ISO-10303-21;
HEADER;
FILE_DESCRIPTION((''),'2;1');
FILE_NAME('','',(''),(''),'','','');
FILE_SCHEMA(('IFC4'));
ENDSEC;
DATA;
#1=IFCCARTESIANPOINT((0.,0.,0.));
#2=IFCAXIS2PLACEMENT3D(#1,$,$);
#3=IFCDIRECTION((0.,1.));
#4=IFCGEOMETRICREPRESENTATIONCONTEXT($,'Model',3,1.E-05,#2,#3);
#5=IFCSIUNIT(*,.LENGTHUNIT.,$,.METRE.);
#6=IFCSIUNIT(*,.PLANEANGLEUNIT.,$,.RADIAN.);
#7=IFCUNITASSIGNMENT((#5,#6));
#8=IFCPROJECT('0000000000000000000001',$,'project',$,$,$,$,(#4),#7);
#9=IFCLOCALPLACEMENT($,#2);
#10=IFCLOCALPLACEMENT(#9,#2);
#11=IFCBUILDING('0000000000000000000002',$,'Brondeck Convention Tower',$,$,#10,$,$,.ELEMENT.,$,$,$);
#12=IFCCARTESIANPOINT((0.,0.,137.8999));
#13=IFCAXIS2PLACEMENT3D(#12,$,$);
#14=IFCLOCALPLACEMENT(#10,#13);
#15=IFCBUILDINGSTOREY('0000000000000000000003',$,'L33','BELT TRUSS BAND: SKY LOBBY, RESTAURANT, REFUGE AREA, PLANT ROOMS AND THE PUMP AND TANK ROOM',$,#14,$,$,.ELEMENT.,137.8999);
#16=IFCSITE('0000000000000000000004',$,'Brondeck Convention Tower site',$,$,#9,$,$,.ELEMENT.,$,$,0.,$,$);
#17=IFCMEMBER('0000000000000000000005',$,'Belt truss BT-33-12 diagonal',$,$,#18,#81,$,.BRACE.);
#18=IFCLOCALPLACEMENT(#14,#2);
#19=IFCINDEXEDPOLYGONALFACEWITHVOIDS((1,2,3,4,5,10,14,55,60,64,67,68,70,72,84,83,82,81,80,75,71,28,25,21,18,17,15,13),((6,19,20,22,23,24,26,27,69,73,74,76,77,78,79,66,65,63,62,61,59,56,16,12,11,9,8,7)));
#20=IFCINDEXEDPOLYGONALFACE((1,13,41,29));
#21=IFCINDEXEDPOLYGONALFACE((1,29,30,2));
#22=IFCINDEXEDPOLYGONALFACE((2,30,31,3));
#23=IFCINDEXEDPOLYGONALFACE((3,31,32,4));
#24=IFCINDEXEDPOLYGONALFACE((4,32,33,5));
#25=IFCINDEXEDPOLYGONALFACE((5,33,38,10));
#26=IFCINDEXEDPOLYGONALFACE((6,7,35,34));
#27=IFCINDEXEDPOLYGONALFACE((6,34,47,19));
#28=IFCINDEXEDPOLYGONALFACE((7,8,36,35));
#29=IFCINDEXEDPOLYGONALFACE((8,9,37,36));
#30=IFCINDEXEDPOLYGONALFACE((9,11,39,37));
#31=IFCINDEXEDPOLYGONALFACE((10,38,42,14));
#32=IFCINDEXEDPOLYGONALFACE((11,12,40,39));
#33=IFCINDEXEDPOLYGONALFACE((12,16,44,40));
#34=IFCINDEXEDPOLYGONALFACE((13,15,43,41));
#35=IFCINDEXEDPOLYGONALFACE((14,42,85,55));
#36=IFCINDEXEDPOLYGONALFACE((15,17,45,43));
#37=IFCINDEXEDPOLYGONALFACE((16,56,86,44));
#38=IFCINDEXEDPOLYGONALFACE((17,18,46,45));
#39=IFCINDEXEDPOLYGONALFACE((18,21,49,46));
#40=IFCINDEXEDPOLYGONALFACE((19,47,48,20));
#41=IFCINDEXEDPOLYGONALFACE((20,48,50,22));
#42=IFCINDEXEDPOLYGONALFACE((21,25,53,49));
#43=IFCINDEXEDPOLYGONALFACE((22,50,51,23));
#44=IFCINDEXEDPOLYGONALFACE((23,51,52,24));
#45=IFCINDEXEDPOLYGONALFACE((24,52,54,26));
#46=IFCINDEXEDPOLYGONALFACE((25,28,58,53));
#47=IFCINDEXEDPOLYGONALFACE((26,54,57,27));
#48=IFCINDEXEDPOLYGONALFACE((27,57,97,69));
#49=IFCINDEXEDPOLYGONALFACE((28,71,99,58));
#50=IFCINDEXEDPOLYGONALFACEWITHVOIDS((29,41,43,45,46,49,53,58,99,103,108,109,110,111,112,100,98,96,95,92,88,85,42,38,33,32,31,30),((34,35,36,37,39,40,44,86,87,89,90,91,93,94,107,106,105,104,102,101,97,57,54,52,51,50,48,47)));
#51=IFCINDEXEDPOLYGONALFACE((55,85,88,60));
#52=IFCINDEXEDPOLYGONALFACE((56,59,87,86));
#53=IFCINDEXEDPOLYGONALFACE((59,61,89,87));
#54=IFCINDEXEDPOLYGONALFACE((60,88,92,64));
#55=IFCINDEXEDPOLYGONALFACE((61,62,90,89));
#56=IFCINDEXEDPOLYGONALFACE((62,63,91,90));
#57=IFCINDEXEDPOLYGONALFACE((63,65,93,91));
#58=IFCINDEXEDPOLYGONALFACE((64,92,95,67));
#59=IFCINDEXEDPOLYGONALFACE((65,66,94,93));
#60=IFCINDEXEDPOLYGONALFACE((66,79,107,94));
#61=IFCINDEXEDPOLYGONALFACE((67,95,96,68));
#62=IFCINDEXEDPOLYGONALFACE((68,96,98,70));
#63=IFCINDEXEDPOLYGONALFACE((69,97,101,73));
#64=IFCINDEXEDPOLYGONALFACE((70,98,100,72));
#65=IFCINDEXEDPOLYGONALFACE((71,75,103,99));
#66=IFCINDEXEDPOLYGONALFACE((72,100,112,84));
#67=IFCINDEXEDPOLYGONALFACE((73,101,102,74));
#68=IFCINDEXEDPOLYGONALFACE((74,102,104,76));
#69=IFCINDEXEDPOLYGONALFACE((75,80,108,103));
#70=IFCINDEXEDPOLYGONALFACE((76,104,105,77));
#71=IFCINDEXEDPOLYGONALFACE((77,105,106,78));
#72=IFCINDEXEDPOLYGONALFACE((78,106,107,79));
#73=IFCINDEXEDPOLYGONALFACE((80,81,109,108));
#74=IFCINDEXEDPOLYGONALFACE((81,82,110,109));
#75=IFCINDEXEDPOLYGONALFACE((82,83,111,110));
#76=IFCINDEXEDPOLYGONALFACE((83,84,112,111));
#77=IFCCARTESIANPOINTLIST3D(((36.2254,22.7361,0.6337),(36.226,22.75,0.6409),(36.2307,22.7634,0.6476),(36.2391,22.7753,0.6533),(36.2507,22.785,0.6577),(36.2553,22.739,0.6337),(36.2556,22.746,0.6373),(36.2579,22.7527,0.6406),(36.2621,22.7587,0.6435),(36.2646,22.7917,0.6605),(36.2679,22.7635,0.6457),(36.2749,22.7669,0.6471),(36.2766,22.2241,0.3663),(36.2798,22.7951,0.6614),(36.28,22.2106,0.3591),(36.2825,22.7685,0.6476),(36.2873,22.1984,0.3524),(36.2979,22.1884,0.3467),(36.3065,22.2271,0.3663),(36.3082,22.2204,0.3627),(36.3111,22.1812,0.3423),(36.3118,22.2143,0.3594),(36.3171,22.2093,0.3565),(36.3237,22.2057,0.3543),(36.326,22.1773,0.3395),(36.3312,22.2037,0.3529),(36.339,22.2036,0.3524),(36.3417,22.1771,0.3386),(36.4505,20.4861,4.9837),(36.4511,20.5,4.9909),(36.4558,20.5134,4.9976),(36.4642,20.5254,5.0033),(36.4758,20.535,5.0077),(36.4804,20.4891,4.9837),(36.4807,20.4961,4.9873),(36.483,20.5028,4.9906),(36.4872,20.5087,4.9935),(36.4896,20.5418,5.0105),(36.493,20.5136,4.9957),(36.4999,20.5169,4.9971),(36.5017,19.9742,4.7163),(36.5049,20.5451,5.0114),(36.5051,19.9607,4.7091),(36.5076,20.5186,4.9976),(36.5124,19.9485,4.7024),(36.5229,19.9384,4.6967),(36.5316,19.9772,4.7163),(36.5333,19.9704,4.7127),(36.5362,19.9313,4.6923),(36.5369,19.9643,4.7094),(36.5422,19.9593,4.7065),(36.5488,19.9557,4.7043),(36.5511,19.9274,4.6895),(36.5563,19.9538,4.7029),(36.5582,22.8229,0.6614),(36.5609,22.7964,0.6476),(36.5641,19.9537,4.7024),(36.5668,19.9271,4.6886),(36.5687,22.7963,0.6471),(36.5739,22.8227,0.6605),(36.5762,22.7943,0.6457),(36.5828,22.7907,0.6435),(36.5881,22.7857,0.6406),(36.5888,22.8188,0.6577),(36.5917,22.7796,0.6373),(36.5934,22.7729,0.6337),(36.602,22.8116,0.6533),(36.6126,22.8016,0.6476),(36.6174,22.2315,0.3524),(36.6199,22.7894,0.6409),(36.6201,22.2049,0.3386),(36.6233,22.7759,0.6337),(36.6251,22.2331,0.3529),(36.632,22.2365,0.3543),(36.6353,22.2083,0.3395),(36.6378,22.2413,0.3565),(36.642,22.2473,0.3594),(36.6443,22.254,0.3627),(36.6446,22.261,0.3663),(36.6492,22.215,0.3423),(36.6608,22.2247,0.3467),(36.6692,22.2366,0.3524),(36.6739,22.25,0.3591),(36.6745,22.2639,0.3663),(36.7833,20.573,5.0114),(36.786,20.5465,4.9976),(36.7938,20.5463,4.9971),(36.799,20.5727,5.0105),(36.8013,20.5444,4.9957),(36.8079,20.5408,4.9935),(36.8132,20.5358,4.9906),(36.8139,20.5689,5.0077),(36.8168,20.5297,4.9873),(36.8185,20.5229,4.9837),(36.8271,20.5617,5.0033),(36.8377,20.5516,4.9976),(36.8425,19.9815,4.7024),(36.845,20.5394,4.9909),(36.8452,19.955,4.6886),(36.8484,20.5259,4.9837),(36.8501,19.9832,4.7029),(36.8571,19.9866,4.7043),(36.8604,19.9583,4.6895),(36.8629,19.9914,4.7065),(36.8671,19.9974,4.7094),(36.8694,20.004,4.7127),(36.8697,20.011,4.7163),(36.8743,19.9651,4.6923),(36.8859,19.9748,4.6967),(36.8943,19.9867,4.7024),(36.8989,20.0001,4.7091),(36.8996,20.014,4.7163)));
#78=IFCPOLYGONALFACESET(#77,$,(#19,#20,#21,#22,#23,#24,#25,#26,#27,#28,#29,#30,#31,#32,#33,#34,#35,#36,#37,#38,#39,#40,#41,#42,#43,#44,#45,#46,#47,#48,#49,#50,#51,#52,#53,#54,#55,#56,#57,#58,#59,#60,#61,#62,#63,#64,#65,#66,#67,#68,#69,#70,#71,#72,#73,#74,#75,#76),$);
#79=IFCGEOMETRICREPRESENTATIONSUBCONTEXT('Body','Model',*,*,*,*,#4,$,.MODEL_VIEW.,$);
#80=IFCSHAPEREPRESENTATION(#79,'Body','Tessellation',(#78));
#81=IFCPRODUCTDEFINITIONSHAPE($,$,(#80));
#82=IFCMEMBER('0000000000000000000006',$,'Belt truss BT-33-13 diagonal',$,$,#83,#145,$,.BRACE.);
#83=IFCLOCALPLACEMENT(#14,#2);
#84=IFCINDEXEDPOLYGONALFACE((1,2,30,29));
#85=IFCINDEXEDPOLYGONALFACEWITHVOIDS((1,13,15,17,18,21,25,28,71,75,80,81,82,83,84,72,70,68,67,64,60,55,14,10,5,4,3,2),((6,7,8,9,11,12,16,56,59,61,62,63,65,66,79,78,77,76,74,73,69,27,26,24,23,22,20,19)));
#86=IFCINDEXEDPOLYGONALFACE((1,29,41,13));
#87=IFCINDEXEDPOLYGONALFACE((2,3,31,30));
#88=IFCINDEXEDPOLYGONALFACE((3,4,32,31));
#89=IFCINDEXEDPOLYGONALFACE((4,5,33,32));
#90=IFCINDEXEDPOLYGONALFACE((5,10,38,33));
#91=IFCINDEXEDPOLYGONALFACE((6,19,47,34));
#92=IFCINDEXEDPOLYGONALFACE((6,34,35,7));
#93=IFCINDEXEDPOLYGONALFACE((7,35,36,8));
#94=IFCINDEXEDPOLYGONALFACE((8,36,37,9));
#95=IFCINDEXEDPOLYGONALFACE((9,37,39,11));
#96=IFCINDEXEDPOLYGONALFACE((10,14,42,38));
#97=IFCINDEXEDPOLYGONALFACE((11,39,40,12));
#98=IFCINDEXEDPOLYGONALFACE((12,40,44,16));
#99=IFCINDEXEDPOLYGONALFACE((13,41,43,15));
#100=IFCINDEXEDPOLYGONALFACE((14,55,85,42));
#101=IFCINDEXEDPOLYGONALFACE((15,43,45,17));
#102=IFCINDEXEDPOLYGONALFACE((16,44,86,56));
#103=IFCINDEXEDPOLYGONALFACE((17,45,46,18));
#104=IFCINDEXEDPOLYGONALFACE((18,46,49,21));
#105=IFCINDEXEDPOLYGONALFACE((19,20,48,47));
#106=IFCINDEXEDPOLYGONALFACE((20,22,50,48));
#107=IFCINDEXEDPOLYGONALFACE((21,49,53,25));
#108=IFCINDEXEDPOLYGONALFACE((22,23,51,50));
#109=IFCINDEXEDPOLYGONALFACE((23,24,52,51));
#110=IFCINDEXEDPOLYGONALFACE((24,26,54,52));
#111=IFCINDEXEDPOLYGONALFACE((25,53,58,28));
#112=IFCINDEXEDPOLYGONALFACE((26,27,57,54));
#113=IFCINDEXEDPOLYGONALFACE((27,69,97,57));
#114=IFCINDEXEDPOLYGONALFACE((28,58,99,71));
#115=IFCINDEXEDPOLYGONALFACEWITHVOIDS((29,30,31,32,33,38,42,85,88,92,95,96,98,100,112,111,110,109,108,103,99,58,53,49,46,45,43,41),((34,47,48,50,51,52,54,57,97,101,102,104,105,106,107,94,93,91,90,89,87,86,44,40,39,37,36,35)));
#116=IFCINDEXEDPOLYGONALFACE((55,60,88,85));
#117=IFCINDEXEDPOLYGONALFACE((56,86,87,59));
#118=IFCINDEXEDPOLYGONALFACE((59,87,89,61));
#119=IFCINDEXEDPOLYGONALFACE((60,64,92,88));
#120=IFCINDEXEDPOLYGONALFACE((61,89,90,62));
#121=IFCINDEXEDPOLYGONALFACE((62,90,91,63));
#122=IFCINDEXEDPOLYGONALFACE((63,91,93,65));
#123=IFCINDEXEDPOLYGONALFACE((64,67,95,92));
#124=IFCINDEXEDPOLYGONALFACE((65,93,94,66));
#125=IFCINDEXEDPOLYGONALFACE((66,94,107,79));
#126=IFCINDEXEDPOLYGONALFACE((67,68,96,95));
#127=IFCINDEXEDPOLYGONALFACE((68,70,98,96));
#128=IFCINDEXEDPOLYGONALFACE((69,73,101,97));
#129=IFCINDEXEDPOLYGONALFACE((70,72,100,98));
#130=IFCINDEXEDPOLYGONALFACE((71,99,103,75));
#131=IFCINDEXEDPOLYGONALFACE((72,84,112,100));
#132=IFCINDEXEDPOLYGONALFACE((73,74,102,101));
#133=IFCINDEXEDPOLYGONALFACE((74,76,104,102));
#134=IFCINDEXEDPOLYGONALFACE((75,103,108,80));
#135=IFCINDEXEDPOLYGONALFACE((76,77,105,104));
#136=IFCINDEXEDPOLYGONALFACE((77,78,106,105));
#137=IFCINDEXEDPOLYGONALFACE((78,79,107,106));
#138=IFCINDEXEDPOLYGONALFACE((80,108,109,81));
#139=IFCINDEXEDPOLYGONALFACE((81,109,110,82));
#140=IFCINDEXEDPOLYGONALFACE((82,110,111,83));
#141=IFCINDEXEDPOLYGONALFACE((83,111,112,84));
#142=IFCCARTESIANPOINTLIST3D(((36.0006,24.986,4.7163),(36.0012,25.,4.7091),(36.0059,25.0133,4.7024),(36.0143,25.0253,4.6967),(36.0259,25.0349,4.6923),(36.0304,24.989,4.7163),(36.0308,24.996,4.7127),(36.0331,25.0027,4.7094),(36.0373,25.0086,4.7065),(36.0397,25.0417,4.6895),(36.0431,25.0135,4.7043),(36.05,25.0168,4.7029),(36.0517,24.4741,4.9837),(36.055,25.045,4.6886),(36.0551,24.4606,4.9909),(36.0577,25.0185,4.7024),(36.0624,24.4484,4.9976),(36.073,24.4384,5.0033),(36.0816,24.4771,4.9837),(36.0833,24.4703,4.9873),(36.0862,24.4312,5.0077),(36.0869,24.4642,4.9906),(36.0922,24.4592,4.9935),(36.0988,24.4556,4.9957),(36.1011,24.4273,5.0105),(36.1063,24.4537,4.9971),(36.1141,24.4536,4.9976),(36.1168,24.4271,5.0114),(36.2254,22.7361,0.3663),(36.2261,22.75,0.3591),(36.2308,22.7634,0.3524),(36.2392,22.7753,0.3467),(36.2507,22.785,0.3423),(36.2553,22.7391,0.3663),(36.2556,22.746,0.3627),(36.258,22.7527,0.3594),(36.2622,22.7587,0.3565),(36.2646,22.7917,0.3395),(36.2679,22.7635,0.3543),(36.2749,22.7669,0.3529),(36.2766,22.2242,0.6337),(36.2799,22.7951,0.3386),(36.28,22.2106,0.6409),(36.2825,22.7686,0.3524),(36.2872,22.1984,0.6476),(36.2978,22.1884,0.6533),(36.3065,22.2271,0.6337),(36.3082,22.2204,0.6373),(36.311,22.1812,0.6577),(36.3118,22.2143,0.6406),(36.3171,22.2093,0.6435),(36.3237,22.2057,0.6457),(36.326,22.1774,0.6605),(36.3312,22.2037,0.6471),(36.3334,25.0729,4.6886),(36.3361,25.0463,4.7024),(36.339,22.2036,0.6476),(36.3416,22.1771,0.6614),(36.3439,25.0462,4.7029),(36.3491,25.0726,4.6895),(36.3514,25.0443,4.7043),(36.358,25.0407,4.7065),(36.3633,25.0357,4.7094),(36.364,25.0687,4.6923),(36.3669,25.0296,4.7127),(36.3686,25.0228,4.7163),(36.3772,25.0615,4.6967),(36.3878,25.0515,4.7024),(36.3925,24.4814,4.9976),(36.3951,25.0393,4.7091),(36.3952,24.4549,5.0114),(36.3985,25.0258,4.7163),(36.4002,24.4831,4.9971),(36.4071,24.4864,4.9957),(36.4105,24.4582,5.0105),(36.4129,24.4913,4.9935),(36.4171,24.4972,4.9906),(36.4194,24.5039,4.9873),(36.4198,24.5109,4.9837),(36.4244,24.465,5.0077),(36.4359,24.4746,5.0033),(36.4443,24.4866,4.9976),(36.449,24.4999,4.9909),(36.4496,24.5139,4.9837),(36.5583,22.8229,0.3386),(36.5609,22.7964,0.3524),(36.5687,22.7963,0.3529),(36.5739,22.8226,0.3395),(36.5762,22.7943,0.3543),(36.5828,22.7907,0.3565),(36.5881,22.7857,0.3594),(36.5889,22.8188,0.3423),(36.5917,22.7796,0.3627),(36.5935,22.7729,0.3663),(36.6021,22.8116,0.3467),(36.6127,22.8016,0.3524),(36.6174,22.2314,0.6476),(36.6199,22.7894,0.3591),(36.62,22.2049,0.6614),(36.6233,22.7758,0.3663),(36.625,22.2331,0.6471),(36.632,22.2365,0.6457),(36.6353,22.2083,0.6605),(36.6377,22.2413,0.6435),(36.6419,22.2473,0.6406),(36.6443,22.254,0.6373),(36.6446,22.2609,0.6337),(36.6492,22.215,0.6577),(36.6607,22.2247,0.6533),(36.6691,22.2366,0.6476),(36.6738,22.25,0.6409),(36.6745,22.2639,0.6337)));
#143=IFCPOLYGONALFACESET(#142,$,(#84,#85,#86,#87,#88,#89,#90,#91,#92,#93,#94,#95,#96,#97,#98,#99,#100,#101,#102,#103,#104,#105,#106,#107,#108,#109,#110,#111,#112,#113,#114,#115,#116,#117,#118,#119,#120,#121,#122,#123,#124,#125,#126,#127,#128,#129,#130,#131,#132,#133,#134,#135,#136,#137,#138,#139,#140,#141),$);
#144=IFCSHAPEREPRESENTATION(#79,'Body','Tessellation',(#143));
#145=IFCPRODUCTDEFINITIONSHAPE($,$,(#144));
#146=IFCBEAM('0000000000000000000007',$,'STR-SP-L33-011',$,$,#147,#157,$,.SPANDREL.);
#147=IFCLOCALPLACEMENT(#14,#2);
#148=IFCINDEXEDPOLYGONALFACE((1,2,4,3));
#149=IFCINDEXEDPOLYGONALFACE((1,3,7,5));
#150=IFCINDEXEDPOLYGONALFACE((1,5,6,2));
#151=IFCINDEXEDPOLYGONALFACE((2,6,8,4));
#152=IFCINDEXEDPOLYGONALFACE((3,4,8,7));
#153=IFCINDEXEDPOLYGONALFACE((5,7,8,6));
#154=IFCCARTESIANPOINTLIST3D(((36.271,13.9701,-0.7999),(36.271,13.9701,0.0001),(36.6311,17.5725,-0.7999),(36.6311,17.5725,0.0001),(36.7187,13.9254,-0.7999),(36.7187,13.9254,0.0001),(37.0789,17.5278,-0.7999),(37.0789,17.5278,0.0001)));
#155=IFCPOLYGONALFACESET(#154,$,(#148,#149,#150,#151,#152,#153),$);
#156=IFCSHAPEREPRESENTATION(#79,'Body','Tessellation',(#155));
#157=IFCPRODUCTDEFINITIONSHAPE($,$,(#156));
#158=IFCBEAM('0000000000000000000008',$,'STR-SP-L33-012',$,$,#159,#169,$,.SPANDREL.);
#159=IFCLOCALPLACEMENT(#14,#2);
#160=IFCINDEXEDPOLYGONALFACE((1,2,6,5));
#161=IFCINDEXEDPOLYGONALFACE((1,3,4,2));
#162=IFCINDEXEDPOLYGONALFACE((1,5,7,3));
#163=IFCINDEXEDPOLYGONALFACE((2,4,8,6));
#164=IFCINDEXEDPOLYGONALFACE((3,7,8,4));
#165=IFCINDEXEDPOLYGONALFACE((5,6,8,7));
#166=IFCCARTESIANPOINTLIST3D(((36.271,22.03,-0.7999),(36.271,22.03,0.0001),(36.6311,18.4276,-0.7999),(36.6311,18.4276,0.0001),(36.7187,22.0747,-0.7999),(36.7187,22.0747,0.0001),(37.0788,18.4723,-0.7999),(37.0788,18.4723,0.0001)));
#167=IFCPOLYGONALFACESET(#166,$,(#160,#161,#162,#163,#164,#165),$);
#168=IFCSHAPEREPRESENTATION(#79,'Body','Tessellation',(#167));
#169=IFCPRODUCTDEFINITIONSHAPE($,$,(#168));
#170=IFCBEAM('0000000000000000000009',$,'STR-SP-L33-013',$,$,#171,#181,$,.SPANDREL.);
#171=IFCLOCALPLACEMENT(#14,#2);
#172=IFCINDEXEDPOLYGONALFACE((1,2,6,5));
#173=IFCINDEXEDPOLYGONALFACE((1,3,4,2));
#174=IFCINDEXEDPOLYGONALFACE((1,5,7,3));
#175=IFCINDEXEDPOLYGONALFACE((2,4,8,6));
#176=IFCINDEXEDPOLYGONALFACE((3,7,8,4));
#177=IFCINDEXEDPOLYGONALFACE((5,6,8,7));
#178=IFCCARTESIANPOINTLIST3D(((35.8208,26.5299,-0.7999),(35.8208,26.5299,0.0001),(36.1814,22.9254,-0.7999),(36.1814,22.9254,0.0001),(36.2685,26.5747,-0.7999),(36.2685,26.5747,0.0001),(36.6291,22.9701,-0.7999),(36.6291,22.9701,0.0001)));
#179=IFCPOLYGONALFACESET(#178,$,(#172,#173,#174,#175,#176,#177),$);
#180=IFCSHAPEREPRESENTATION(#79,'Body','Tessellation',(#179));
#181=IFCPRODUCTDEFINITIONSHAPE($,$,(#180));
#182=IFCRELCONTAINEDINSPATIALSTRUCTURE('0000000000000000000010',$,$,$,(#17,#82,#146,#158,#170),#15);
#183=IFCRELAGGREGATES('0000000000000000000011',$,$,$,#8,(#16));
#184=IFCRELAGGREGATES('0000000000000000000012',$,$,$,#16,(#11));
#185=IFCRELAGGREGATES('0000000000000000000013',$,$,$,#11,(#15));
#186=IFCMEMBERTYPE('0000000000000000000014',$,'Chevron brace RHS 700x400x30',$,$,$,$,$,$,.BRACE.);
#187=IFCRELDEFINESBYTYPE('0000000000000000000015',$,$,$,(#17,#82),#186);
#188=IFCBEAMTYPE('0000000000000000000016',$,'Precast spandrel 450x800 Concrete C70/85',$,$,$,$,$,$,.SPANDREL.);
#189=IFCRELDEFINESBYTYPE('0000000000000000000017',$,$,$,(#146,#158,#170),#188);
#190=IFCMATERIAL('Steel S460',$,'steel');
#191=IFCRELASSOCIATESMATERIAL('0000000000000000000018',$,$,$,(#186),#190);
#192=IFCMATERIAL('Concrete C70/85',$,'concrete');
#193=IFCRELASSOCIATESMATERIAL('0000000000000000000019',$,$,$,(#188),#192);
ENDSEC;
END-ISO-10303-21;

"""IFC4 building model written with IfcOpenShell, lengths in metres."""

from ifc_helpers import new_model, si_unit, direction, frame, origin, origin_2d, place, context, subcontext, project, spatial, rectangle, hollow_rectangle, extrude, material, material_profile, profile_set, type_object, element, save


model = new_model("IFC4")

# Units and contexts
model_context = context("Model", 3, precision=1e-05, world=origin(), true_north=direction((0.0, 1.0)))
body_context = subcontext(model_context, "Body", "Model", "MODEL_VIEW")
ifc_project = project(units=[si_unit("LENGTHUNIT", "METRE"), si_unit("PLANEANGLEUNIT", "RADIAN")], contexts=[model_context])

# Site, building, storey
site_placement = place(None, origin())
site = spatial("IfcSite", under=ifc_project, at=site_placement, Name="Brondeck Convention Tower site", CompositionType="ELEMENT", RefElevation=0.0)
building_placement = place(site_placement, origin())
building = spatial("IfcBuilding", under=site, at=building_placement, Name="Brondeck Convention Tower", CompositionType="ELEMENT")
storey_placement = place(building_placement, frame((0.0, 0.0, 137.8999)))
storey = spatial("IfcBuildingStorey", under=building, at=storey_placement, Name="L33", Description="BELT TRUSS BAND: SKY LOBBY, RESTAURANT, REFUGE AREA, PLANT ROOMS AND THE PUMP AND TANK ROOM", CompositionType="ELEMENT", Elevation=137.8999)

# Shared definitions
ifc_material_1 = material(Name="Concrete C70/85", Category="concrete")

# Members
ifc_material_2 = material(Name="Steel S460", Category="steel")
ifc_material_profile_1 = material_profile(ifc_material_2, hollow_rectangle(XDim=0.3999, YDim=0.7, WallThickness=0.03, InnerFilletRadius=0.03, OuterFilletRadius=0.0601, at=origin_2d()), Name="RHS 700x400x30")
ifc_profile_set_1 = profile_set([ifc_material_profile_1], Name="Steel S460")
member_type_1 = type_object("IfcMemberType", Name="Chevron brace RHS 700x400x30", PredefinedType="BRACE", material=ifc_profile_set_1)
for number, where, z_axis, x_axis, name in (
    (1, (36.45, 22.5, 0.5), (0.045913, -0.45893, 0.887285), (0.995033, 0.099546, 0.0), "Belt truss BT-33-12 diagonal"),
    (2, (36.45, 22.5, 0.5), (-0.045863, 0.458931, 0.887287), (-0.995044, -0.09944, 0.0), "Belt truss BT-33-13 diagonal"),
):
    element("IfcMember", number, at=place(storey_placement, frame(where, z_axis=z_axis, x_axis=x_axis)), inside=storey, type_object=member_type_1, Name=name, PredefinedType="BRACE", context=body_context, shape_type="SweptSolid", body=[
        extrude(hollow_rectangle(XDim=0.3999, YDim=0.7, WallThickness=0.03, InnerFilletRadius=0.03, OuterFilletRadius=0.0601, at=origin_2d()), origin(), (0.0, 0.0, 1.0), 4.9026),
    ])

# Beams
ifc_material_profile_2 = material_profile(ifc_material_1, rectangle(XDim=0.45, YDim=0.8, at=origin_2d()), Name="Precast spandrel 450x800 Concrete C70/85")
ifc_profile_set_2 = profile_set([ifc_material_profile_2], Name="Concrete C70/85")
beam_type = type_object("IfcBeamType", Name="Precast spandrel 450x800 Concrete C70/85", PredefinedType="SPANDREL", material=ifc_profile_set_2)
for number, where, z_axis, x_axis, name in (
    (3, (36.4949, 13.9478, -0.3999), (0.09947, 0.995041, 0.0), (-0.995041, 0.09947, 0.0), "STR-SP-L33-011"),
    (4, (36.855, 18.45, -0.3999), (-0.09947, 0.995041, 0.0), (-0.995041, -0.09947, 0.0), "STR-SP-L33-012"),
):
    element("IfcBeam", number, at=place(storey_placement, frame(where, z_axis=z_axis, x_axis=x_axis)), inside=storey, type_object=beam_type, Name=name, PredefinedType="SPANDREL", context=body_context, shape_type="SweptSolid", body=[
        extrude(rectangle(XDim=0.45, YDim=0.8, at=origin_2d()), origin(), (0.0, 0.0, 1.0), 3.6204),
    ])
beam_placement = place(storey_placement, frame((36.4053, 22.9478, -0.3999), z_axis=(-0.099544, 0.995033, 0.0), x_axis=(-0.995033, -0.099544, 0.0)))
element("IfcBeam", 5, at=beam_placement, inside=storey, type_object=beam_type, Name="STR-SP-L33-013", PredefinedType="SPANDREL", context=body_context, shape_type="SweptSolid", body=[
    extrude(rectangle(XDim=0.45, YDim=0.8, at=origin_2d()), origin(), (0.0, 0.0, 1.0), 3.6226),
])

save(model, "model.ifc")
